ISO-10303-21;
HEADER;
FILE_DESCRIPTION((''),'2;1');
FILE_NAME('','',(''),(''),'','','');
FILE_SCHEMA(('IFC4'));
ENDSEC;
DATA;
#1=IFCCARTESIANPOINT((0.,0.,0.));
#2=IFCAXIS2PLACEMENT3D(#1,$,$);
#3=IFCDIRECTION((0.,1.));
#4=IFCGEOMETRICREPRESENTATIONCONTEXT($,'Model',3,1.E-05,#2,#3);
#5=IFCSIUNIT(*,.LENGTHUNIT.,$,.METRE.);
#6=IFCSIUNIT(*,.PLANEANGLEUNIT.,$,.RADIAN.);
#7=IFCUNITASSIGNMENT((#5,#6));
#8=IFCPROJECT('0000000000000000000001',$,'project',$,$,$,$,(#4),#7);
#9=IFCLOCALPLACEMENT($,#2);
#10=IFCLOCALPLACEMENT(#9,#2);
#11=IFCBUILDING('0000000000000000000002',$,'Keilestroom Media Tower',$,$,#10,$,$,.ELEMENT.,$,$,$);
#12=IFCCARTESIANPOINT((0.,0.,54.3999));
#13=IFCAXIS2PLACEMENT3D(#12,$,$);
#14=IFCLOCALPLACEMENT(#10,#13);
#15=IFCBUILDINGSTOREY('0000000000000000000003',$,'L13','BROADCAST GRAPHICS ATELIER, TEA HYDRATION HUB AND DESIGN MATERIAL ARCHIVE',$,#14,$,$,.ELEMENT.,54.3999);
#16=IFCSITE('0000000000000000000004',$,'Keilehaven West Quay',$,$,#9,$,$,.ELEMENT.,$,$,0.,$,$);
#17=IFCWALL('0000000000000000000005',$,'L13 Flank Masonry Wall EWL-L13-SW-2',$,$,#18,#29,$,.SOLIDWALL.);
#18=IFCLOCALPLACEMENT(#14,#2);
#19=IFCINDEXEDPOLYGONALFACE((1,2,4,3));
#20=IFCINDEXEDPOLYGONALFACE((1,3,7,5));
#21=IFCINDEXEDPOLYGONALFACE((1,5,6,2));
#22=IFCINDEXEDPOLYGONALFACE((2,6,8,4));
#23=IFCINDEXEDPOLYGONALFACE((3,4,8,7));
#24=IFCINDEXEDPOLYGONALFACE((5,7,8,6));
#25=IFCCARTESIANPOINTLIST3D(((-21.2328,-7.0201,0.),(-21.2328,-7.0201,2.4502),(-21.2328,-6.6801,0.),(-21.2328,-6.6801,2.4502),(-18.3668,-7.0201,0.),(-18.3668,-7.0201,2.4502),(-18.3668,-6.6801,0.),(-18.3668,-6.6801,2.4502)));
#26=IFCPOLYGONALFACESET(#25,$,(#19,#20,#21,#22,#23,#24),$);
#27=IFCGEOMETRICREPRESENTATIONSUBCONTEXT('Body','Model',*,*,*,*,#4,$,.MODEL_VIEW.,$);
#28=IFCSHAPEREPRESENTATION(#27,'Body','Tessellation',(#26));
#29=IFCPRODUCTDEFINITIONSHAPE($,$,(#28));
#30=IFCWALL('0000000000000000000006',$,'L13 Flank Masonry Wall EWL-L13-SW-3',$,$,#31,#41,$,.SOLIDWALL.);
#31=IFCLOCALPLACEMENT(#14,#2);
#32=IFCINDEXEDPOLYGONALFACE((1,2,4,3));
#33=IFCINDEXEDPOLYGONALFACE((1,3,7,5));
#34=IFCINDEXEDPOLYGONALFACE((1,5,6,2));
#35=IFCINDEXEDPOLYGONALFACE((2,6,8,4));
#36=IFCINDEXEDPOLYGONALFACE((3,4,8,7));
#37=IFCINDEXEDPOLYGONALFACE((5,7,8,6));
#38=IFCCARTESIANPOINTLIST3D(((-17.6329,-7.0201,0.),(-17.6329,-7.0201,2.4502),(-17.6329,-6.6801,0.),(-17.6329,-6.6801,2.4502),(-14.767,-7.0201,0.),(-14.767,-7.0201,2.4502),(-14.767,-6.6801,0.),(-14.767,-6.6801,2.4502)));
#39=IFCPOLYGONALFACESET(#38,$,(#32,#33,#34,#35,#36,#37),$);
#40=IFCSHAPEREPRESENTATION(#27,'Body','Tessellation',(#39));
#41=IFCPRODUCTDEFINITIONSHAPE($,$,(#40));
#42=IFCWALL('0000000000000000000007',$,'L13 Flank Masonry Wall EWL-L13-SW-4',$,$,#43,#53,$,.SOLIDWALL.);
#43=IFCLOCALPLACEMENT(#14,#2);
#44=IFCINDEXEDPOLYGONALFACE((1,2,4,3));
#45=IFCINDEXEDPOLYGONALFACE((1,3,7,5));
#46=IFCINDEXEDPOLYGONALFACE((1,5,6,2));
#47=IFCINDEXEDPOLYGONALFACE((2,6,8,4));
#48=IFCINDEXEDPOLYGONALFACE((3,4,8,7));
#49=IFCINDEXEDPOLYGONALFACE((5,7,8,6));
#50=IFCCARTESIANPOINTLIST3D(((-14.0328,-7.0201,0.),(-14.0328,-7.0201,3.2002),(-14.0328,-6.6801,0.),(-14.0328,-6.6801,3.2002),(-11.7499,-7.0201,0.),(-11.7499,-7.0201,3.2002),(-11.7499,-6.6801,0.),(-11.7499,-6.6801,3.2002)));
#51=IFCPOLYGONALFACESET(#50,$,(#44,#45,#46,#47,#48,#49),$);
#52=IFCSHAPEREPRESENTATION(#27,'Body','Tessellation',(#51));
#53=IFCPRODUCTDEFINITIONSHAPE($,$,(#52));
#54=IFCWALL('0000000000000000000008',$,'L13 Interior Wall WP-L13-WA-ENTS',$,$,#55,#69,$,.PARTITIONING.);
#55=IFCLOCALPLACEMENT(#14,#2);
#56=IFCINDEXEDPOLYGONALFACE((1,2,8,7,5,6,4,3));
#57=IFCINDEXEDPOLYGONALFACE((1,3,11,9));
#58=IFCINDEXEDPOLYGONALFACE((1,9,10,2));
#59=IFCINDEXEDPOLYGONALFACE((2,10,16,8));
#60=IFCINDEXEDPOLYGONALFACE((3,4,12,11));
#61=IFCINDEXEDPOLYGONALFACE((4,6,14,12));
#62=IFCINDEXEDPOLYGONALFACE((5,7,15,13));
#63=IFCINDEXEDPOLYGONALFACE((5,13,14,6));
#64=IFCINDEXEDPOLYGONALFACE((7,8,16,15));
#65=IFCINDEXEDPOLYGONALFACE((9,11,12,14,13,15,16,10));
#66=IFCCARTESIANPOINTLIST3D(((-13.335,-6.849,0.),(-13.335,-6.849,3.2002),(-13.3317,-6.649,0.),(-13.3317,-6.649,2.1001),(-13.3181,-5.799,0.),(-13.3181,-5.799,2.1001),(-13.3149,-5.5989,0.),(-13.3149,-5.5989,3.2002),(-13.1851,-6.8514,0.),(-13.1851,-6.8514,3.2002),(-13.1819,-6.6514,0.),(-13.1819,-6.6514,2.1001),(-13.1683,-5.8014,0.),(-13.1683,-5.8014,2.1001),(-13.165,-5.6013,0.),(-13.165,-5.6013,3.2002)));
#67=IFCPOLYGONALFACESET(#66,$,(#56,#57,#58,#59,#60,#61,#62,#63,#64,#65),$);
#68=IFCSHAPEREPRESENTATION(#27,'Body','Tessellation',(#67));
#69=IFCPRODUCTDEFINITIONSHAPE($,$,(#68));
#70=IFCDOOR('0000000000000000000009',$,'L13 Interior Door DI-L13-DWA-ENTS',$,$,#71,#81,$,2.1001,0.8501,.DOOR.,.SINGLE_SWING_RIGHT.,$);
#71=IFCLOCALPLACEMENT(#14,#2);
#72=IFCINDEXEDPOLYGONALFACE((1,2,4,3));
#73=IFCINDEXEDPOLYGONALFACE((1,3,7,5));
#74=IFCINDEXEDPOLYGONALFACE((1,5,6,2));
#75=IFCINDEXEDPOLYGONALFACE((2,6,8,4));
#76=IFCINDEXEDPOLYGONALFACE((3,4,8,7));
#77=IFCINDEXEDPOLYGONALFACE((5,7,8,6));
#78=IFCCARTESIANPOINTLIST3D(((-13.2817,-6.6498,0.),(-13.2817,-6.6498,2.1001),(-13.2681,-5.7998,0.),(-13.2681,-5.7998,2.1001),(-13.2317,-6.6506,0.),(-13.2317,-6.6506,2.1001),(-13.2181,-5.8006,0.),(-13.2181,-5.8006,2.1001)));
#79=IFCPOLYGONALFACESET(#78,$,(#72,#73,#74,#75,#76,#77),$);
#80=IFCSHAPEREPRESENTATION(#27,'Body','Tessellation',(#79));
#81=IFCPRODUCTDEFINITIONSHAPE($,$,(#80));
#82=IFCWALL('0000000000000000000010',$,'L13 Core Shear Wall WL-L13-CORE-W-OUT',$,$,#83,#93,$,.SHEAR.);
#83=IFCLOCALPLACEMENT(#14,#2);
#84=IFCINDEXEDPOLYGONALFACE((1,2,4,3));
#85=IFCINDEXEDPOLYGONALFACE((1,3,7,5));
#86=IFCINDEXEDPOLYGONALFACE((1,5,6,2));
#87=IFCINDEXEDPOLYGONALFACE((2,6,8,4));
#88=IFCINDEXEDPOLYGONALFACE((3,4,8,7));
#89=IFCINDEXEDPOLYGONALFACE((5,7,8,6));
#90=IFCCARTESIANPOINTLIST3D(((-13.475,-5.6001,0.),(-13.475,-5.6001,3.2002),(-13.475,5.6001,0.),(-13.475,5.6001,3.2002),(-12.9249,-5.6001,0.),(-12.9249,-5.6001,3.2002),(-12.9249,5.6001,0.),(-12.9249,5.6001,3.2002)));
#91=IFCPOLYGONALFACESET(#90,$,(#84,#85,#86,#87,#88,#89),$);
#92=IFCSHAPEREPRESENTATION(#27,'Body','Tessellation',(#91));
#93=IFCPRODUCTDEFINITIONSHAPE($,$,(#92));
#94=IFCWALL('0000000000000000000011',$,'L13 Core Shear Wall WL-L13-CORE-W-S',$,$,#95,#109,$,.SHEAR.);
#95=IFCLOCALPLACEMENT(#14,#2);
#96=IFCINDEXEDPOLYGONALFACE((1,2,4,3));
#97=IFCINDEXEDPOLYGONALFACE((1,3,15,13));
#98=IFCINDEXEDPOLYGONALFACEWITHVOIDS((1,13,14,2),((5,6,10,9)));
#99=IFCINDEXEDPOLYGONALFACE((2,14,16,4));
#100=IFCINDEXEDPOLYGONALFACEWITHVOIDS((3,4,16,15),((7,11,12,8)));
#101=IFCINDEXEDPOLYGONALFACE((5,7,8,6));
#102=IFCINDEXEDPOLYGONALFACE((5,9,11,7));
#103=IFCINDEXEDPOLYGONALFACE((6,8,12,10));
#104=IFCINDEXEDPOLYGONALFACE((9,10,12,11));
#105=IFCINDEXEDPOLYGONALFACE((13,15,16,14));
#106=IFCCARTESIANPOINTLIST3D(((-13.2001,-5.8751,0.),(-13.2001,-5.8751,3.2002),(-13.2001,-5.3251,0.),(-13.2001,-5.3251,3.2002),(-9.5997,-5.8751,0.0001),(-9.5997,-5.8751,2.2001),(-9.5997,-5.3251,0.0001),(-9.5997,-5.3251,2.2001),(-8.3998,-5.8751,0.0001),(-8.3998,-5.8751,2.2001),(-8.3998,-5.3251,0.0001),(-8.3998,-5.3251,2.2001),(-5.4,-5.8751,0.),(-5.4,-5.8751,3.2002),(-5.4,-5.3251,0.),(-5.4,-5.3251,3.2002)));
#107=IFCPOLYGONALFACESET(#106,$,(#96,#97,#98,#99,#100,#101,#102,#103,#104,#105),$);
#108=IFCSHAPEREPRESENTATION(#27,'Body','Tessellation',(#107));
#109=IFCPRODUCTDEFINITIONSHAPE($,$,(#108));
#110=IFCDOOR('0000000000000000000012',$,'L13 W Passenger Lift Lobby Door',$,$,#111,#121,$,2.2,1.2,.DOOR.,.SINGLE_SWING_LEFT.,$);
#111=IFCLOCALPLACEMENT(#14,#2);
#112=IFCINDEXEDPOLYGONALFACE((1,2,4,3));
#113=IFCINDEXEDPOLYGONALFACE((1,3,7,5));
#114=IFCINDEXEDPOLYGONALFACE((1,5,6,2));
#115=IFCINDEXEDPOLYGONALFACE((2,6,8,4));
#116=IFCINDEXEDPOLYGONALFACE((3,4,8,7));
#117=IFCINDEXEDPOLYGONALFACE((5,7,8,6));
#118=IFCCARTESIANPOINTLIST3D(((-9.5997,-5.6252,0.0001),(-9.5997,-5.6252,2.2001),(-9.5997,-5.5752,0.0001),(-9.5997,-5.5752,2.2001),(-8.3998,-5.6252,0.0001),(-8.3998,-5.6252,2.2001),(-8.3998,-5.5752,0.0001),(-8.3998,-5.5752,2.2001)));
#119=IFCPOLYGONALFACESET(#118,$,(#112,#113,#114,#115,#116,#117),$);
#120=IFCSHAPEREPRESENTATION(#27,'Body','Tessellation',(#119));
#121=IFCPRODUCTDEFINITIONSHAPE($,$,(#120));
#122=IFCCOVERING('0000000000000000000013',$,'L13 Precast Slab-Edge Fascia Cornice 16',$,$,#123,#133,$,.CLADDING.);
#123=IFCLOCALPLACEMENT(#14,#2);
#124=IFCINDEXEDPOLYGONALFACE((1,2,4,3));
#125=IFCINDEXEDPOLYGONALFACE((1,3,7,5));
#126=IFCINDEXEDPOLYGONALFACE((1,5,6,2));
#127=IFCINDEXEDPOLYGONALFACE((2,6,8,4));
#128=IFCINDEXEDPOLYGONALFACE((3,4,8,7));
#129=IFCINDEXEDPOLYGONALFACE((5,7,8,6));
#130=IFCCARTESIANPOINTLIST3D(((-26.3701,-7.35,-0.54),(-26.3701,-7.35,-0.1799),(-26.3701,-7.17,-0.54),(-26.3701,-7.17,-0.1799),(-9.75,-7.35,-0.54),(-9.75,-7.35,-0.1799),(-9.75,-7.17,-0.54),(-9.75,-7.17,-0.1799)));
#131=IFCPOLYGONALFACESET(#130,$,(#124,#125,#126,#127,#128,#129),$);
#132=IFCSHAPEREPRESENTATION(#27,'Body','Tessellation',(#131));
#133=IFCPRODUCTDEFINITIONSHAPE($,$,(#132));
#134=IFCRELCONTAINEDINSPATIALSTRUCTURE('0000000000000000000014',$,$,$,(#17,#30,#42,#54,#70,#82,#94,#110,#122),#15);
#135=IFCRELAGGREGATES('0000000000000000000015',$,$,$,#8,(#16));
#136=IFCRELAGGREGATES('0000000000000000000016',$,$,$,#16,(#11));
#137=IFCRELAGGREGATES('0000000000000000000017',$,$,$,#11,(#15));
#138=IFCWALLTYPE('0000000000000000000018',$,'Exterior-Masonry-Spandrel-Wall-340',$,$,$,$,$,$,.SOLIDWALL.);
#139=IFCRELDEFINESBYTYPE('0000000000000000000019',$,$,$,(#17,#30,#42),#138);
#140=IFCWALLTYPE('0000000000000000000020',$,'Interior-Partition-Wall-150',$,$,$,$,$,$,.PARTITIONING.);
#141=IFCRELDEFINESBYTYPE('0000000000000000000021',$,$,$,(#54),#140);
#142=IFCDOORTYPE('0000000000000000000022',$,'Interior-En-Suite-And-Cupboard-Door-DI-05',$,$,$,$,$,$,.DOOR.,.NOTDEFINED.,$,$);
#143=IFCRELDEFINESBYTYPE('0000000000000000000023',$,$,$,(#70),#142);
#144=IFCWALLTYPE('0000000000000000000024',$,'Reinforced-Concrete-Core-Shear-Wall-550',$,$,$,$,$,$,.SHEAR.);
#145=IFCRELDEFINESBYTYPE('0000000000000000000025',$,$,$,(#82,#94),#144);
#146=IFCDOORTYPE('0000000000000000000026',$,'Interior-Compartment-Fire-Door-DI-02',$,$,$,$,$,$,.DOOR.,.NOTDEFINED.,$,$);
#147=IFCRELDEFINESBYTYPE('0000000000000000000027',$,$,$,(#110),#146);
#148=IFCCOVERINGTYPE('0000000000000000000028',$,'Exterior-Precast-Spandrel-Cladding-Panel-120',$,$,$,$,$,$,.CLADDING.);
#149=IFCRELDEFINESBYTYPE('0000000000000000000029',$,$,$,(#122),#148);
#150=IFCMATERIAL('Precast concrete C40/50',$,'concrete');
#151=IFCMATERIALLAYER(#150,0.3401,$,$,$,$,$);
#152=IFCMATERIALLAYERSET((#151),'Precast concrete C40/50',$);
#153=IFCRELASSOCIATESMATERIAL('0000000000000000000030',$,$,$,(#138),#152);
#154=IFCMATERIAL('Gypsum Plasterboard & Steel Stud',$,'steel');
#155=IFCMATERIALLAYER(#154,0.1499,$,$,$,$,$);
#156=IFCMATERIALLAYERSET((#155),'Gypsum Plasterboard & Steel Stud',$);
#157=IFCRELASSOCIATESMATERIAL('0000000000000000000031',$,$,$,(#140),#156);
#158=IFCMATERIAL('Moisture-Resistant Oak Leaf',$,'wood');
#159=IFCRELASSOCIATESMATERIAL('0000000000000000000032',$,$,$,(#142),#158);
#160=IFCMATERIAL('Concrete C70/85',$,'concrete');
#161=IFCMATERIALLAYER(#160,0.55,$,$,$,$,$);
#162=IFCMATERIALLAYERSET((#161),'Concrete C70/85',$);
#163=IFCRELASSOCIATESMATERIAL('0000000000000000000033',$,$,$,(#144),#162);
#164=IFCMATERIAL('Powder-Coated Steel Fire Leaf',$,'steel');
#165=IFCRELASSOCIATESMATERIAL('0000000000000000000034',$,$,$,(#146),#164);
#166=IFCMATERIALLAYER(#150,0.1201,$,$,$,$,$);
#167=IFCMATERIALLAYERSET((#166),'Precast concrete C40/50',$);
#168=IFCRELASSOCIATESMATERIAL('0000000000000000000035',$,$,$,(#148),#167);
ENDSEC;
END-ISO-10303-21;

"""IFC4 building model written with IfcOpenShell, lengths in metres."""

from ifc_helpers import new_model, si_unit, direction, frame, frame_2d, origin, origin_2d, place, context, subcontext, project, spatial, rectangle, extrude, source, transform, mapped, material, layer, layer_set, type_object, element, fill, save


model = new_model("IFC4")

# Units and contexts
model_context = context("Model", 3, precision=1e-05, world=origin(), true_north=direction((0.0, 1.0)))
body_context = subcontext(model_context, "Body", "Model", "MODEL_VIEW")
ifc_project = project(units=[si_unit("LENGTHUNIT", "METRE"), si_unit("PLANEANGLEUNIT", "RADIAN")], contexts=[model_context])

# Site, building, storey
site_placement = place(None, origin())
site = spatial("IfcSite", under=ifc_project, at=site_placement, Name="Keilehaven West Quay", CompositionType="ELEMENT", RefElevation=0.0)
building_placement = place(site_placement, origin())
building = spatial("IfcBuilding", under=site, at=building_placement, Name="Keilestroom Media Tower", CompositionType="ELEMENT")
storey_placement = place(building_placement, frame((0.0, 0.0, 54.3999)))
storey = spatial("IfcBuildingStorey", under=building, at=storey_placement, Name="L13", Description="BROADCAST GRAPHICS ATELIER, TEA HYDRATION HUB AND DESIGN MATERIAL ARCHIVE", CompositionType="ELEMENT", Elevation=54.3999)

# Shared definitions
ifc_material_1 = material(Name="Precast concrete C40/50", Category="concrete")

# Walls
ifc_layer_1 = layer(ifc_material_1, 0.3401)
ifc_layer_set_1 = layer_set([ifc_layer_1], Name="Precast concrete C40/50")
wall_type_1 = type_object("IfcWallType", Name="Exterior-Masonry-Spandrel-Wall-340", PredefinedType="SOLIDWALL", material=ifc_layer_set_1)
for number, where, z_axis, x_axis, name in (
    (1, (-21.2329, -6.8501, 0.0), (0.0, 0.0, 1.0), (1.0, 0.0, 0.0), "L13 Flank Masonry Wall EWL-L13-SW-2"),
    (2, (-17.6331, -6.8501, 0.0), (0.0, 0.0, 1.0), (1.0, 0.0, 0.0), "L13 Flank Masonry Wall EWL-L13-SW-3"),
):
    element("IfcWall", number, at=place(storey_placement, frame(where, z_axis=z_axis, x_axis=x_axis)), inside=storey, type_object=wall_type_1, Name=name, PredefinedType="SOLIDWALL", context=body_context, shape_type="SweptSolid", body=[
        extrude(rectangle(XDim=2.866, YDim=0.3401, at=frame_2d((1.4331, 0.0))), origin(), (0.0, 0.0, 1.0), 2.4502),
    ])
wall_1_placement = place(storey_placement, frame((-14.033, -6.8501, 0.0), z_axis=(0.0, 0.0, 1.0), x_axis=(1.0, 0.0, 0.0)))
element("IfcWall", 3, at=wall_1_placement, inside=storey, type_object=wall_type_1, Name="L13 Flank Masonry Wall EWL-L13-SW-4", PredefinedType="SOLIDWALL", context=body_context, shape_type="SweptSolid", body=[
    extrude(rectangle(XDim=2.283, YDim=0.3401, at=frame_2d((1.1416, 0.0))), origin(), (0.0, 0.0, 1.0), 3.2002),
])

# Wall, opening, door
ifc_material_2 = material(Name="Gypsum Plasterboard & Steel Stud", Category="steel")
ifc_layer_2 = layer(ifc_material_2, 0.1499)
ifc_layer_set_2 = layer_set([ifc_layer_2], Name="Gypsum Plasterboard & Steel Stud")
wall_type_2 = type_object("IfcWallType", Name="Interior-Partition-Wall-150", PredefinedType="PARTITIONING", material=ifc_layer_set_2)
wall_2_placement = place(storey_placement, frame((-13.26, -6.8501, 0.0), z_axis=(0.0, 0.0, 1.0), x_axis=(0.016014, 0.999872, 0.0)))
wall_2 = element("IfcWall", 4, at=wall_2_placement, inside=storey, type_object=wall_type_2, Name="L13 Interior Wall WP-L13-WA-ENTS", PredefinedType="PARTITIONING", context=body_context, shape_type="SweptSolid", body=[
    extrude(rectangle(XDim=1.2502, YDim=0.1499, at=frame_2d((0.625, 0.0))), origin(), (0.0, 0.0, 1.0), 3.2002),
])
opening_1_placement = place(wall_2_placement, frame((0.2, 0.0, 0.0)))
opening_1 = element("IfcOpeningElement", 5, at=opening_1_placement, cuts=wall_2, PredefinedType="OPENING", context=body_context, shape_type="SweptSolid", body=[
    extrude(rectangle(XDim=0.8501, YDim=2.1001, at=frame_2d((0.425, 1.05))), frame((0.0, 0.085, 0.0), z_axis=(0.0, -1.0, 0.0), x_axis=(1.0, 0.0, 0.0)), (0.0, 0.0, 1.0), 0.1699),
])
ifc_material_3 = material(Name="Moisture-Resistant Oak Leaf", Category="wood")
door_type_1 = type_object("IfcDoorType", Name="Interior-En-Suite-And-Cupboard-Door-DI-05", OperationType="NOTDEFINED", PredefinedType="DOOR", material=ifc_material_3)
shared_shape_1 = source(origin(), body_context, "Body", "SweptSolid", [
    extrude(rectangle(XDim=0.8501, YDim=2.1001, at=frame_2d((0.425, 1.05))), frame((0.0, 0.0249, 0.0), z_axis=(0.0, -1.0, 0.0), x_axis=(1.0, 0.0, 0.0)), (0.0, 0.0, 1.0), 0.05),
])
door_1_placement = place(opening_1_placement, origin())
door_1 = element("IfcDoor", 6, at=door_1_placement, inside=storey, type_object=door_type_1, Name="L13 Interior Door DI-L13-DWA-ENTS", OperationType="SINGLE_SWING_RIGHT", OverallHeight=2.1001, OverallWidth=0.8501, PredefinedType="DOOR", context=body_context, shape_type="MappedRepresentation", body=[
    mapped(shared_shape_1, transform((0.0, 0.0, 0.0), x_axis=(1.0, 0.0, 0.0), y_axis=(0.0, 1.0, 0.0), z_axis=(0.0, 0.0, 1.0), scale=1.0)),
])
fill(opening_1, door_1)

# Wall
ifc_material_4 = material(Name="Concrete C70/85", Category="concrete")
ifc_layer_3 = layer(ifc_material_4, 0.55)
ifc_layer_set_3 = layer_set([ifc_layer_3], Name="Concrete C70/85")
wall_type_3 = type_object("IfcWallType", Name="Reinforced-Concrete-Core-Shear-Wall-550", PredefinedType="SHEAR", material=ifc_layer_set_3)
wall_3_placement = place(storey_placement, frame((-13.2, -5.6001, 0.0), z_axis=(0.0, 0.0, 1.0), x_axis=(0.0, 1.0, 0.0)))
element("IfcWall", 7, at=wall_3_placement, inside=storey, type_object=wall_type_3, Name="L13 Core Shear Wall WL-L13-CORE-W-OUT", PredefinedType="SHEAR", context=body_context, shape_type="SweptSolid", body=[
    extrude(rectangle(XDim=11.2002, YDim=0.55, at=frame_2d((5.6001, 0.0))), origin(), (0.0, 0.0, 1.0), 3.2002),
])

# Wall, opening, door
wall_4_placement = place(storey_placement, frame((-13.2, -5.6001, 0.0), z_axis=(0.0, 0.0, 1.0), x_axis=(1.0, 0.0, 0.0)))
wall_4 = element("IfcWall", 8, at=wall_4_placement, inside=storey, type_object=wall_type_3, Name="L13 Core Shear Wall WL-L13-CORE-W-S", PredefinedType="SHEAR", context=body_context, shape_type="SweptSolid", body=[
    extrude(rectangle(XDim=7.8, YDim=0.55, at=frame_2d((3.8999, 0.0))), origin(), (0.0, 0.0, 1.0), 3.2002),
])
opening_2_placement = place(wall_4_placement, frame((3.6001, 0.0, 0.0)))
opening_2 = element("IfcOpeningElement", 9, at=opening_2_placement, cuts=wall_4, PredefinedType="OPENING", context=body_context, shape_type="SweptSolid", body=[
    extrude(rectangle(XDim=1.2, YDim=2.2, at=frame_2d((0.6001, 1.1001))), frame((0.0, 0.2852, 0.0), z_axis=(0.0, -1.0, 0.0), x_axis=(1.0, 0.0, 0.0)), (0.0, 0.0, 1.0), 0.5701),
])
ifc_material_5 = material(Name="Powder-Coated Steel Fire Leaf", Category="steel")
door_type_2 = type_object("IfcDoorType", Name="Interior-Compartment-Fire-Door-DI-02", OperationType="NOTDEFINED", PredefinedType="DOOR", material=ifc_material_5)
shared_shape_2 = source(origin(), body_context, "Body", "SweptSolid", [
    extrude(rectangle(XDim=1.2, YDim=2.2, at=frame_2d((0.6001, 1.1001))), frame((0.0, 0.0249, 0.0), z_axis=(0.0, -1.0, 0.0), x_axis=(1.0, 0.0, 0.0)), (0.0, 0.0, 1.0), 0.05),
])
door_2_placement = place(opening_2_placement, origin())
door_2 = element("IfcDoor", 10, at=door_2_placement, inside=storey, type_object=door_type_2, Name="L13 W Passenger Lift Lobby Door", OperationType="SINGLE_SWING_LEFT", OverallHeight=2.2, OverallWidth=1.2, PredefinedType="DOOR", context=body_context, shape_type="MappedRepresentation", body=[
    mapped(shared_shape_2, transform((0.0, 0.0, 0.0), x_axis=(1.0, 0.0, 0.0), y_axis=(0.0, 1.0, 0.0), z_axis=(0.0, 0.0, 1.0), scale=1.0)),
])
fill(opening_2, door_2)

# Covering
ifc_layer_4 = layer(ifc_material_1, 0.1201)
ifc_layer_set_4 = layer_set([ifc_layer_4], Name="Precast concrete C40/50")
covering_type = type_object("IfcCoveringType", Name="Exterior-Precast-Spandrel-Cladding-Panel-120", PredefinedType="CLADDING", material=ifc_layer_set_4)
shared_shape_3 = source(origin(), body_context, "Body", "SweptSolid", [
    extrude(rectangle(XDim=16.6201, YDim=0.1799, at=origin_2d()), origin(), (0.0, 0.0, 1.0), 0.3601),
])
covering_placement = place(storey_placement, frame((-18.0601, -7.26, -0.54), z_axis=(0.0, 0.0, 1.0), x_axis=(-1.0, 0.0, 0.0)))
element("IfcCovering", 11, at=covering_placement, inside=storey, type_object=covering_type, Name="L13 Precast Slab-Edge Fascia Cornice 16", PredefinedType="CLADDING", context=body_context, shape_type="MappedRepresentation", body=[
    mapped(shared_shape_3, transform((0.0, 0.0, 0.0), x_axis=(1.0, 0.0, 0.0), y_axis=(0.0, 1.0, 0.0), z_axis=(0.0, 0.0, 1.0), scale=1.0)),
])

save(model, "model.ifc")
